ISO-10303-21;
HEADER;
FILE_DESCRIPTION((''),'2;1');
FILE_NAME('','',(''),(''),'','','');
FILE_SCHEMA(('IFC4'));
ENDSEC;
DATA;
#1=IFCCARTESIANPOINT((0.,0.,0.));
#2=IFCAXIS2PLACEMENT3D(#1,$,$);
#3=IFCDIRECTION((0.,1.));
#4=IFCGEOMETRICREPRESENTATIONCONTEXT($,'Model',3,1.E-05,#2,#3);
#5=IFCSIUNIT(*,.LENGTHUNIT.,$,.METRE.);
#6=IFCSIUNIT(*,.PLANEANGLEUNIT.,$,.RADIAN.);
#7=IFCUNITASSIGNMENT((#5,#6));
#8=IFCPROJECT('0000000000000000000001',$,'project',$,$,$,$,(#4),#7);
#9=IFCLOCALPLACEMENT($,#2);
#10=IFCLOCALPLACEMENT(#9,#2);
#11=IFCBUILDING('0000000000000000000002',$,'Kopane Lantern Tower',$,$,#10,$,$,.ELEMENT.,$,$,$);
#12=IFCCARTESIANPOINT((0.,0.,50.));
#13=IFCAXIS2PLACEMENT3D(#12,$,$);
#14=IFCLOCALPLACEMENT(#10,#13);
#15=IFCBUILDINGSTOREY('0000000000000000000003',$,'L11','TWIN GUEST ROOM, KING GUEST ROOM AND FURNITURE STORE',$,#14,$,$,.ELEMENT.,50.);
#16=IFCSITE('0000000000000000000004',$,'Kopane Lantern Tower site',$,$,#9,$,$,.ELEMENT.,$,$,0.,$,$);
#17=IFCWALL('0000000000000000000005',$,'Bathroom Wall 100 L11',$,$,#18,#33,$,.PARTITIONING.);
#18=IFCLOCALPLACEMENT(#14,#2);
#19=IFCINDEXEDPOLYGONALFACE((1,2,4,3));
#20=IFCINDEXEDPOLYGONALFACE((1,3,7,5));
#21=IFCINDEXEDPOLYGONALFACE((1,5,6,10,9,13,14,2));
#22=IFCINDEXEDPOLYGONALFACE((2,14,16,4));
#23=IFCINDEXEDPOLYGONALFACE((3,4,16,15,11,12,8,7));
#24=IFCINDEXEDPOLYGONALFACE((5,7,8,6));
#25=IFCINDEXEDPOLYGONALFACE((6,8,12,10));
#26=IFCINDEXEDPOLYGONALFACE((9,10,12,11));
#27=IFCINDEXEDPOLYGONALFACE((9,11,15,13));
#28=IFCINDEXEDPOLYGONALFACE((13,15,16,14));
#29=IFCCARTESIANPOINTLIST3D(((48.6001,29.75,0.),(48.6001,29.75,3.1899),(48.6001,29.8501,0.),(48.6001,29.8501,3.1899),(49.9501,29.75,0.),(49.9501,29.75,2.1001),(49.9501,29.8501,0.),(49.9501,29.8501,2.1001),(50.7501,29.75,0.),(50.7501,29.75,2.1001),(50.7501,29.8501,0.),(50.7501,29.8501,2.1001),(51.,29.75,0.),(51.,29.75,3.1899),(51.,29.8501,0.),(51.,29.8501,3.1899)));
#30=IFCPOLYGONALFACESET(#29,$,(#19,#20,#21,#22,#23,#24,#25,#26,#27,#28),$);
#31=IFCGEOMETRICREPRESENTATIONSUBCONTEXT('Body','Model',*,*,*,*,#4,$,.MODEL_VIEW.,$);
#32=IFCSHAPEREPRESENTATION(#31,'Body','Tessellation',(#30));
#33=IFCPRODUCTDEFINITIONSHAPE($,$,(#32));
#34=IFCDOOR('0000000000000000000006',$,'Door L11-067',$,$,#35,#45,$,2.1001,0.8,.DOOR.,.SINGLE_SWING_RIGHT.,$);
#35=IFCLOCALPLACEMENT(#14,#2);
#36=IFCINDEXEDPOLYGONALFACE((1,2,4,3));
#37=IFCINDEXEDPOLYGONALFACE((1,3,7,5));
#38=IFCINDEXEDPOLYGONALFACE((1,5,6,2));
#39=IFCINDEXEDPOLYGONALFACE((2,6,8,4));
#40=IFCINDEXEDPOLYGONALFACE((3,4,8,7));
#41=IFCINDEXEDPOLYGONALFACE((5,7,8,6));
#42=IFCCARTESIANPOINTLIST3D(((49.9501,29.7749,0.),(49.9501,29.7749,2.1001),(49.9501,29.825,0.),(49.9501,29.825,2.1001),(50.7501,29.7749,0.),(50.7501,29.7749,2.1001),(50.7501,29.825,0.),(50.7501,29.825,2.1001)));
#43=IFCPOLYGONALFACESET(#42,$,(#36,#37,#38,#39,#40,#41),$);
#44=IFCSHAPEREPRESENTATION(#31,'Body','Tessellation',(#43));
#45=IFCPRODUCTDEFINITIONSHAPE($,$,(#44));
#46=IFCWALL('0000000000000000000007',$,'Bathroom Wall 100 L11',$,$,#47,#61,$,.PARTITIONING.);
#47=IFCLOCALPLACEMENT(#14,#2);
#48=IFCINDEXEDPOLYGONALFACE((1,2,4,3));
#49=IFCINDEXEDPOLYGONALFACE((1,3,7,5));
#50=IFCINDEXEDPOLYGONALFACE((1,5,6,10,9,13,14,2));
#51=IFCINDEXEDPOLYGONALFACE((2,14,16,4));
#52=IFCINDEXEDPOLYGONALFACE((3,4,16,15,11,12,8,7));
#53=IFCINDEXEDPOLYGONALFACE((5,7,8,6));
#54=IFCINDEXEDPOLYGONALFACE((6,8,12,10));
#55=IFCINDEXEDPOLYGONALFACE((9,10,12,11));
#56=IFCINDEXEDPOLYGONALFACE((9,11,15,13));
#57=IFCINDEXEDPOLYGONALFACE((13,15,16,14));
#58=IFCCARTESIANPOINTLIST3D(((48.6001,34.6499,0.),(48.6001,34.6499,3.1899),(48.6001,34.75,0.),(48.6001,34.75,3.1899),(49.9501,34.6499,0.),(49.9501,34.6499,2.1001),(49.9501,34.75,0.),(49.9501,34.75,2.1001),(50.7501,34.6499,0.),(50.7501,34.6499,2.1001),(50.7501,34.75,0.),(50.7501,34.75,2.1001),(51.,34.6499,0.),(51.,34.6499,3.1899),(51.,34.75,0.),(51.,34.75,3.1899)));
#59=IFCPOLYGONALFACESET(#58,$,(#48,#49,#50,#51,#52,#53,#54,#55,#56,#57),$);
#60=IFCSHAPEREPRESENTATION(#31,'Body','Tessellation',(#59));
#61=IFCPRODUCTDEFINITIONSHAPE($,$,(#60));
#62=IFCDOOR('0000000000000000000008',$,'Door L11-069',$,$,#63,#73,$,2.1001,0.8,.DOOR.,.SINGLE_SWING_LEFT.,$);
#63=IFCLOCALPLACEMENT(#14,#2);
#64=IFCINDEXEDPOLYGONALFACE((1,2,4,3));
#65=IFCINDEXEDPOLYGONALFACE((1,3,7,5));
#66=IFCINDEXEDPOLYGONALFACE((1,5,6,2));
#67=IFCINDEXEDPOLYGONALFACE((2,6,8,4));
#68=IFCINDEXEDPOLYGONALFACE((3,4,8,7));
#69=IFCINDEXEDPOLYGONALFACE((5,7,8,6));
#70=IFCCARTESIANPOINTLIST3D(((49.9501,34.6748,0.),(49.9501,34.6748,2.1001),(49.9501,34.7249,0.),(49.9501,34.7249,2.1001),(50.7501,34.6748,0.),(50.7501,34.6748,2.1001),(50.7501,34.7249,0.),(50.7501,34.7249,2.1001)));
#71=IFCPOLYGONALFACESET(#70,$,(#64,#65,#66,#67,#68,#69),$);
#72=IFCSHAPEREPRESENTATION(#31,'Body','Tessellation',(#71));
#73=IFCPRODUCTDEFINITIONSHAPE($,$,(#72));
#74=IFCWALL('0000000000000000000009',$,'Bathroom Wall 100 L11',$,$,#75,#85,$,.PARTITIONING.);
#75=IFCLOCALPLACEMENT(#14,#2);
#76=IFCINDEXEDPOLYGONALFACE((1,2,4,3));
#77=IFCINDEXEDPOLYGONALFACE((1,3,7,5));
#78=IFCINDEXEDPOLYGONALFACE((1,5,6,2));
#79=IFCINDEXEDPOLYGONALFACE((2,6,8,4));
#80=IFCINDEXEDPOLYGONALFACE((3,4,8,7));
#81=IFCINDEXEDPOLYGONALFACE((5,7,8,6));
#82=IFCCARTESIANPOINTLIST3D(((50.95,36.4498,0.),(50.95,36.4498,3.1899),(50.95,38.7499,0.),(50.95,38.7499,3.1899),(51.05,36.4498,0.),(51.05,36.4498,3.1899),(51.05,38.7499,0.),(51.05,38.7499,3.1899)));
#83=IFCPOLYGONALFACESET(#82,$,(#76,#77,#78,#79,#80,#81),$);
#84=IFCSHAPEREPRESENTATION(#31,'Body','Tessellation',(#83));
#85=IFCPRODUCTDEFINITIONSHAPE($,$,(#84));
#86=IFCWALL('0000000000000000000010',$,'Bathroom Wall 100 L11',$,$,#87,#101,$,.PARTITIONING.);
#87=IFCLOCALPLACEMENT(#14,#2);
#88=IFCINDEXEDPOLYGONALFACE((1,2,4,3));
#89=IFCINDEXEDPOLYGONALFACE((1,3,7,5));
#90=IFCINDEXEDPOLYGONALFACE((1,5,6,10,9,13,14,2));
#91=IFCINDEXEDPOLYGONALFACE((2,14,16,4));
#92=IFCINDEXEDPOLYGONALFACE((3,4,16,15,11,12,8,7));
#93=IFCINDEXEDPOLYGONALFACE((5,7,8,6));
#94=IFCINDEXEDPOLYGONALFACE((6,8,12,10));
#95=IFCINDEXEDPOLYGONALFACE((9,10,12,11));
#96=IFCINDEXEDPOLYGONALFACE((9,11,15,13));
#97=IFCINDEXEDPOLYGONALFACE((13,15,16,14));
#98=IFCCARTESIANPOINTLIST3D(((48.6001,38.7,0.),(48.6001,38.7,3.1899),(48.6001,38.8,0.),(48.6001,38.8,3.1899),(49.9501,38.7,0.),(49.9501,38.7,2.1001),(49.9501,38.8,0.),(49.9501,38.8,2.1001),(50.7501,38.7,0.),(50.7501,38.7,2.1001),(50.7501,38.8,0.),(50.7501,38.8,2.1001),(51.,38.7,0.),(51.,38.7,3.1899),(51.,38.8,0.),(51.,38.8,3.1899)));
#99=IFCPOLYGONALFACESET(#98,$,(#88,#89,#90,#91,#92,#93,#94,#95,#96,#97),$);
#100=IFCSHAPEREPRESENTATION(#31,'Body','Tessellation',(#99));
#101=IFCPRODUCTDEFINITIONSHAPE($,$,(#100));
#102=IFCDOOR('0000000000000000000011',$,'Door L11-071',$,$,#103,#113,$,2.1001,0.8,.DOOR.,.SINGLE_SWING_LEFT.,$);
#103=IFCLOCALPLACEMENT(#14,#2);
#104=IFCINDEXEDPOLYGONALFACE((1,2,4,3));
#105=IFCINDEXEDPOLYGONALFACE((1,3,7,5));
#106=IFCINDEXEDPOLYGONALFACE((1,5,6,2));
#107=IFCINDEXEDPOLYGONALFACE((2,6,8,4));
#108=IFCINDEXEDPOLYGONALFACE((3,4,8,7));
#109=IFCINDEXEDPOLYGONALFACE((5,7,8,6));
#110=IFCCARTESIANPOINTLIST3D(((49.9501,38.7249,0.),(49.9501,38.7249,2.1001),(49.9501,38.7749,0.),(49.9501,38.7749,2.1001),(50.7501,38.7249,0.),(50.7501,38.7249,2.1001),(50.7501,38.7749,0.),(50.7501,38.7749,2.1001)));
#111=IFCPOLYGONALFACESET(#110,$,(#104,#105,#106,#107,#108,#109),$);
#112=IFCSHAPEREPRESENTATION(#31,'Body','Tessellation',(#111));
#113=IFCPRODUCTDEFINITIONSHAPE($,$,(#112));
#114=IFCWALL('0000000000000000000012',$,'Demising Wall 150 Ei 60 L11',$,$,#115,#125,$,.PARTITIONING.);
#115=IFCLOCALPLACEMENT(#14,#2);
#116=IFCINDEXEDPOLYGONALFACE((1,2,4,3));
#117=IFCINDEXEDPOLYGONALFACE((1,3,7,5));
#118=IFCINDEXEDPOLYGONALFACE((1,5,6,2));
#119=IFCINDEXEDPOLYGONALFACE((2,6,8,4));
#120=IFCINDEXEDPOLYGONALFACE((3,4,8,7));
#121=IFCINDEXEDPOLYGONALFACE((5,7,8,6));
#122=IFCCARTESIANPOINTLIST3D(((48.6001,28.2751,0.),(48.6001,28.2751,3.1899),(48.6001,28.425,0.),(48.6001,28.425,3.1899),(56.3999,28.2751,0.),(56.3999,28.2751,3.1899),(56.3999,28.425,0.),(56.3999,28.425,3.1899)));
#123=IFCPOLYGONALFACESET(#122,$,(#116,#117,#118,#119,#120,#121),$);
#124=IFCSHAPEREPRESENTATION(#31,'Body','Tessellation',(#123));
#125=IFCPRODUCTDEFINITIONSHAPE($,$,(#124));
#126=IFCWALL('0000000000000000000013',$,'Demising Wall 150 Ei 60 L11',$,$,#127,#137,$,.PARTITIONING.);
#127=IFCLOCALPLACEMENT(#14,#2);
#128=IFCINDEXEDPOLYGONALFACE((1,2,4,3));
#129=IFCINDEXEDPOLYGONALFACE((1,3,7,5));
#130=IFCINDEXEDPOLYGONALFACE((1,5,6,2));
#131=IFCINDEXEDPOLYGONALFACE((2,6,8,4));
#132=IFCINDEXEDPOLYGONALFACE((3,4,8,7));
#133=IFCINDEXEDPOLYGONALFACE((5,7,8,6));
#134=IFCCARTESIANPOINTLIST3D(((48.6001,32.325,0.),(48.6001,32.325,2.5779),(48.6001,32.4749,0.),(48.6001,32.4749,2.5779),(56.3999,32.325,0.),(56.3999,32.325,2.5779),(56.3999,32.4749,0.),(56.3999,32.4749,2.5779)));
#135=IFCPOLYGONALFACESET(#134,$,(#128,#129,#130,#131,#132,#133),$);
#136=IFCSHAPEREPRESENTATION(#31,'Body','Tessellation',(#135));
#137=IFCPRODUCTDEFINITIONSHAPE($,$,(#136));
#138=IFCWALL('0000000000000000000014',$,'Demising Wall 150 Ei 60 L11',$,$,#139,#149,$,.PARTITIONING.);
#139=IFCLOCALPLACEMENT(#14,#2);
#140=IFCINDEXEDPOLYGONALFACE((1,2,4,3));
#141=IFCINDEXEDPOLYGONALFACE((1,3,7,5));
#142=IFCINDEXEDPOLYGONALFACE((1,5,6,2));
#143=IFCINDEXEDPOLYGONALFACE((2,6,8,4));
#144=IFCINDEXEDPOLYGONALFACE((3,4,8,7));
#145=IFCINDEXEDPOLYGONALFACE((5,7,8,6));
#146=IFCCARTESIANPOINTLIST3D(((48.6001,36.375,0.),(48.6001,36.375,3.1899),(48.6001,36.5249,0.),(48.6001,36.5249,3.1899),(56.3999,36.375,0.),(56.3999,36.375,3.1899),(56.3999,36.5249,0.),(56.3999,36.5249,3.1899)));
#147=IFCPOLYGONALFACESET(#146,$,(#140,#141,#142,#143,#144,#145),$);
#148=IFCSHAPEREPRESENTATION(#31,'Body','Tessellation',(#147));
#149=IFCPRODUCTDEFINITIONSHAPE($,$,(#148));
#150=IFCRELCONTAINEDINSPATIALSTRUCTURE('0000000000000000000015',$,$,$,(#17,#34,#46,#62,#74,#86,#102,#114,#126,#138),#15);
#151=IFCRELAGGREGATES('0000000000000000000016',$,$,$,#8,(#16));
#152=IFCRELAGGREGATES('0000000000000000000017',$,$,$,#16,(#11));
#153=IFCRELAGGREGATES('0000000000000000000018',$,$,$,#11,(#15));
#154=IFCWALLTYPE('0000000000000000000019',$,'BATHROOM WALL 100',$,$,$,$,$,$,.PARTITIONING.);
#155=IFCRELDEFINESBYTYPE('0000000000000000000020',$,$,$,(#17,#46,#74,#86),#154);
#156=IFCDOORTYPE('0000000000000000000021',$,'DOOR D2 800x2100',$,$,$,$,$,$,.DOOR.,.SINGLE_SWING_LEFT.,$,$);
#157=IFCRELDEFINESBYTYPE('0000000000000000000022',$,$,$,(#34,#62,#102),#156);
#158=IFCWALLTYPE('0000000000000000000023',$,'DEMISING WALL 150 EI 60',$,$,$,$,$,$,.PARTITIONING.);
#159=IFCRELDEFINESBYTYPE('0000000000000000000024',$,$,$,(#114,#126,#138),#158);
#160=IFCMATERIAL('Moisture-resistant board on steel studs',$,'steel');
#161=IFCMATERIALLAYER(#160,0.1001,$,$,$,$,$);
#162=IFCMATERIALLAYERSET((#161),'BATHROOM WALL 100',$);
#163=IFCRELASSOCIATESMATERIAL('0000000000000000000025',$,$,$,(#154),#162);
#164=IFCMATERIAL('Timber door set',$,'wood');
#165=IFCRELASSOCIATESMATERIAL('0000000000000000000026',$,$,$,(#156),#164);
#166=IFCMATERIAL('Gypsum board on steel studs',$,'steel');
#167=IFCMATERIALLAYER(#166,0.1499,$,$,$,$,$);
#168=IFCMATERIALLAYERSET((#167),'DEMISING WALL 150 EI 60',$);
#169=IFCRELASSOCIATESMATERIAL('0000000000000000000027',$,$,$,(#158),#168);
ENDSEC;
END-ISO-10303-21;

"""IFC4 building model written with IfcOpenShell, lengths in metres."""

from ifc_helpers import new_model, si_unit, direction, frame, frame_2d, origin, place, context, subcontext, project, spatial, rectangle, extrude, material, layer, layer_set, type_object, element, fill, save


model = new_model("IFC4")

# Units and contexts
model_context = context("Model", 3, precision=1e-05, world=origin(), true_north=direction((0.0, 1.0)))
body_context = subcontext(model_context, "Body", "Model", "MODEL_VIEW")
ifc_project = project(units=[si_unit("LENGTHUNIT", "METRE"), si_unit("PLANEANGLEUNIT", "RADIAN")], contexts=[model_context])

# Site, building, storey
site_placement = place(None, origin())
site = spatial("IfcSite", under=ifc_project, at=site_placement, Name="Kopane Lantern Tower site", CompositionType="ELEMENT", RefElevation=0.0)
building_placement = place(site_placement, origin())
building = spatial("IfcBuilding", under=site, at=building_placement, Name="Kopane Lantern Tower", CompositionType="ELEMENT")
storey_placement = place(building_placement, frame((0.0, 0.0, 50.0)))
storey = spatial("IfcBuildingStorey", under=building, at=storey_placement, Name="L11", Description="TWIN GUEST ROOM, KING GUEST ROOM AND FURNITURE STORE", CompositionType="ELEMENT", Elevation=50.0)

# Shared definitions
ifc_material_1 = material(Name="Moisture-resistant board on steel studs", Category="steel")
ifc_layer_1 = layer(ifc_material_1, 0.1001)
ifc_layer_set_1 = layer_set([ifc_layer_1], Name="BATHROOM WALL 100")
wall_type_1 = type_object("IfcWallType", Name="BATHROOM WALL 100", PredefinedType="PARTITIONING", material=ifc_layer_set_1)
ifc_material_2 = material(Name="Timber door set", Category="wood")
door_type = type_object("IfcDoorType", Name="DOOR D2 800x2100", OperationType="SINGLE_SWING_LEFT", PredefinedType="DOOR", material=ifc_material_2)

# Walls, openings, doors
wall_1_placement = place(storey_placement, frame((48.6001, 29.8, 0.0), z_axis=(0.0, 0.0, 1.0), x_axis=(1.0, 0.0, 0.0)))
wall_1 = element("IfcWall", 1, at=wall_1_placement, inside=storey, type_object=wall_type_1, Name="Bathroom Wall 100 L11", PredefinedType="PARTITIONING", context=body_context, shape_type="SweptSolid", body=[
    extrude(rectangle(XDim=2.3999, YDim=0.1001, at=frame_2d((1.2, 0.0))), origin(), (0.0, 0.0, 1.0), 3.1899),
])
opening_1_placement = place(wall_1_placement, frame((1.3501, 0.0, 0.0)))
opening_1 = element("IfcOpeningElement", 2, at=opening_1_placement, cuts=wall_1, PredefinedType="OPENING", context=body_context, shape_type="SweptSolid", body=[
    extrude(rectangle(XDim=0.8, YDim=2.1001, at=frame_2d((0.3999, 1.05))), frame((0.0, 0.0601, 0.0), z_axis=(0.0, -1.0, 0.0), x_axis=(1.0, 0.0, 0.0)), (0.0, 0.0, 1.0), 0.1201),
])
door_1_placement = place(opening_1_placement, origin())
door_1 = element("IfcDoor", 3, at=door_1_placement, inside=storey, type_object=door_type, Name="Door L11-067", OperationType="SINGLE_SWING_RIGHT", OverallHeight=2.1001, OverallWidth=0.8, PredefinedType="DOOR", context=body_context, shape_type="SweptSolid", body=[
    extrude(rectangle(XDim=0.8, YDim=2.1001, at=frame_2d((0.3999, 1.05))), frame((0.0, 0.0249, 0.0), z_axis=(0.0, -1.0, 0.0), x_axis=(1.0, 0.0, 0.0)), (0.0, 0.0, 1.0), 0.05),
])
fill(opening_1, door_1)
wall_2_placement = place(storey_placement, frame((48.6001, 34.7, 0.0), z_axis=(0.0, 0.0, 1.0), x_axis=(1.0, 0.0, 0.0)))
wall_2 = element("IfcWall", 4, at=wall_2_placement, inside=storey, type_object=wall_type_1, Name="Bathroom Wall 100 L11", PredefinedType="PARTITIONING", context=body_context, shape_type="SweptSolid", body=[
    extrude(rectangle(XDim=2.3999, YDim=0.1001, at=frame_2d((1.2, 0.0))), origin(), (0.0, 0.0, 1.0), 3.1899),
])
opening_2_placement = place(wall_2_placement, frame((1.3501, 0.0, 0.0)))
opening_2 = element("IfcOpeningElement", 5, at=opening_2_placement, cuts=wall_2, PredefinedType="OPENING", context=body_context, shape_type="SweptSolid", body=[
    extrude(rectangle(XDim=0.8, YDim=2.1001, at=frame_2d((0.3999, 1.05))), frame((0.0, 0.0601, 0.0), z_axis=(0.0, -1.0, 0.0), x_axis=(1.0, 0.0, 0.0)), (0.0, 0.0, 1.0), 0.1201),
])
door_2_placement = place(opening_2_placement, origin())
door_2 = element("IfcDoor", 6, at=door_2_placement, inside=storey, type_object=door_type, Name="Door L11-069", OperationType="SINGLE_SWING_LEFT", OverallHeight=2.1001, OverallWidth=0.8, PredefinedType="DOOR", context=body_context, shape_type="SweptSolid", body=[
    extrude(rectangle(XDim=0.8, YDim=2.1001, at=frame_2d((0.3999, 1.05))), frame((0.0, 0.0249, 0.0), z_axis=(0.0, -1.0, 0.0), x_axis=(1.0, 0.0, 0.0)), (0.0, 0.0, 1.0), 0.05),
])
fill(opening_2, door_2)

# Wall
wall_3_placement = place(storey_placement, frame((51.0, 36.45, 0.0), z_axis=(0.0, 0.0, 1.0), x_axis=(0.0, 1.0, 0.0)))
element("IfcWall", 7, at=wall_3_placement, inside=storey, type_object=wall_type_1, Name="Bathroom Wall 100 L11", PredefinedType="PARTITIONING", context=body_context, shape_type="SweptSolid", body=[
    extrude(rectangle(XDim=2.3, YDim=0.1001, at=frame_2d((1.1499, 0.0))), origin(), (0.0, 0.0, 1.0), 3.1899),
])

# Wall, opening, door
wall_4_placement = place(storey_placement, frame((48.6001, 38.75, 0.0), z_axis=(0.0, 0.0, 1.0), x_axis=(1.0, 0.0, 0.0)))
wall_4 = element("IfcWall", 8, at=wall_4_placement, inside=storey, type_object=wall_type_1, Name="Bathroom Wall 100 L11", PredefinedType="PARTITIONING", context=body_context, shape_type="SweptSolid", body=[
    extrude(rectangle(XDim=2.3999, YDim=0.1001, at=frame_2d((1.2, 0.0))), origin(), (0.0, 0.0, 1.0), 3.1899),
])
opening_3_placement = place(wall_4_placement, frame((1.3501, 0.0, 0.0)))
opening_3 = element("IfcOpeningElement", 9, at=opening_3_placement, cuts=wall_4, PredefinedType="OPENING", context=body_context, shape_type="SweptSolid", body=[
    extrude(rectangle(XDim=0.8, YDim=2.1001, at=frame_2d((0.3999, 1.05))), frame((0.0, 0.0601, 0.0), z_axis=(0.0, -1.0, 0.0), x_axis=(1.0, 0.0, 0.0)), (0.0, 0.0, 1.0), 0.1201),
])
door_3_placement = place(opening_3_placement, origin())
door_3 = element("IfcDoor", 10, at=door_3_placement, inside=storey, type_object=door_type, Name="Door L11-071", OperationType="SINGLE_SWING_LEFT", OverallHeight=2.1001, OverallWidth=0.8, PredefinedType="DOOR", context=body_context, shape_type="SweptSolid", body=[
    extrude(rectangle(XDim=0.8, YDim=2.1001, at=frame_2d((0.3999, 1.05))), frame((0.0, 0.0249, 0.0), z_axis=(0.0, -1.0, 0.0), x_axis=(1.0, 0.0, 0.0)), (0.0, 0.0, 1.0), 0.05),
])
fill(opening_3, door_3)

# Walls
ifc_material_3 = material(Name="Gypsum board on steel studs", Category="steel")
ifc_layer_2 = layer(ifc_material_3, 0.1499)
ifc_layer_set_2 = layer_set([ifc_layer_2], Name="DEMISING WALL 150 EI 60")
wall_type_2 = type_object("IfcWallType", Name="DEMISING WALL 150 EI 60", PredefinedType="PARTITIONING", material=ifc_layer_set_2)
wall_5_placement = place(storey_placement, frame((48.6001, 28.3501, 0.0), z_axis=(0.0, 0.0, 1.0), x_axis=(1.0, 0.0, 0.0)))
element("IfcWall", 11, at=wall_5_placement, inside=storey, type_object=wall_type_2, Name="Demising Wall 150 Ei 60 L11", PredefinedType="PARTITIONING", context=body_context, shape_type="SweptSolid", body=[
    extrude(rectangle(XDim=7.7998, YDim=0.1499, at=frame_2d((3.8999, 0.0))), origin(), (0.0, 0.0, 1.0), 3.1899),
])
wall_6_placement = place(storey_placement, frame((48.6001, 32.3999, 0.0), z_axis=(0.0, 0.0, 1.0), x_axis=(1.0, 0.0, 0.0)))
element("IfcWall", 12, at=wall_6_placement, inside=storey, type_object=wall_type_2, Name="Demising Wall 150 Ei 60 L11", PredefinedType="PARTITIONING", context=body_context, shape_type="SweptSolid", body=[
    extrude(rectangle(XDim=7.7998, YDim=0.1499, at=frame_2d((3.8999, 0.0))), origin(), (0.0, 0.0, 1.0), 2.5779),
])
wall_7_placement = place(storey_placement, frame((48.6001, 36.45, 0.0), z_axis=(0.0, 0.0, 1.0), x_axis=(1.0, 0.0, 0.0)))
element("IfcWall", 13, at=wall_7_placement, inside=storey, type_object=wall_type_2, Name="Demising Wall 150 Ei 60 L11", PredefinedType="PARTITIONING", context=body_context, shape_type="SweptSolid", body=[
    extrude(rectangle(XDim=7.7998, YDim=0.1499, at=frame_2d((3.8999, 0.0))), origin(), (0.0, 0.0, 1.0), 3.1899),
])

save(model, "model.ifc")
